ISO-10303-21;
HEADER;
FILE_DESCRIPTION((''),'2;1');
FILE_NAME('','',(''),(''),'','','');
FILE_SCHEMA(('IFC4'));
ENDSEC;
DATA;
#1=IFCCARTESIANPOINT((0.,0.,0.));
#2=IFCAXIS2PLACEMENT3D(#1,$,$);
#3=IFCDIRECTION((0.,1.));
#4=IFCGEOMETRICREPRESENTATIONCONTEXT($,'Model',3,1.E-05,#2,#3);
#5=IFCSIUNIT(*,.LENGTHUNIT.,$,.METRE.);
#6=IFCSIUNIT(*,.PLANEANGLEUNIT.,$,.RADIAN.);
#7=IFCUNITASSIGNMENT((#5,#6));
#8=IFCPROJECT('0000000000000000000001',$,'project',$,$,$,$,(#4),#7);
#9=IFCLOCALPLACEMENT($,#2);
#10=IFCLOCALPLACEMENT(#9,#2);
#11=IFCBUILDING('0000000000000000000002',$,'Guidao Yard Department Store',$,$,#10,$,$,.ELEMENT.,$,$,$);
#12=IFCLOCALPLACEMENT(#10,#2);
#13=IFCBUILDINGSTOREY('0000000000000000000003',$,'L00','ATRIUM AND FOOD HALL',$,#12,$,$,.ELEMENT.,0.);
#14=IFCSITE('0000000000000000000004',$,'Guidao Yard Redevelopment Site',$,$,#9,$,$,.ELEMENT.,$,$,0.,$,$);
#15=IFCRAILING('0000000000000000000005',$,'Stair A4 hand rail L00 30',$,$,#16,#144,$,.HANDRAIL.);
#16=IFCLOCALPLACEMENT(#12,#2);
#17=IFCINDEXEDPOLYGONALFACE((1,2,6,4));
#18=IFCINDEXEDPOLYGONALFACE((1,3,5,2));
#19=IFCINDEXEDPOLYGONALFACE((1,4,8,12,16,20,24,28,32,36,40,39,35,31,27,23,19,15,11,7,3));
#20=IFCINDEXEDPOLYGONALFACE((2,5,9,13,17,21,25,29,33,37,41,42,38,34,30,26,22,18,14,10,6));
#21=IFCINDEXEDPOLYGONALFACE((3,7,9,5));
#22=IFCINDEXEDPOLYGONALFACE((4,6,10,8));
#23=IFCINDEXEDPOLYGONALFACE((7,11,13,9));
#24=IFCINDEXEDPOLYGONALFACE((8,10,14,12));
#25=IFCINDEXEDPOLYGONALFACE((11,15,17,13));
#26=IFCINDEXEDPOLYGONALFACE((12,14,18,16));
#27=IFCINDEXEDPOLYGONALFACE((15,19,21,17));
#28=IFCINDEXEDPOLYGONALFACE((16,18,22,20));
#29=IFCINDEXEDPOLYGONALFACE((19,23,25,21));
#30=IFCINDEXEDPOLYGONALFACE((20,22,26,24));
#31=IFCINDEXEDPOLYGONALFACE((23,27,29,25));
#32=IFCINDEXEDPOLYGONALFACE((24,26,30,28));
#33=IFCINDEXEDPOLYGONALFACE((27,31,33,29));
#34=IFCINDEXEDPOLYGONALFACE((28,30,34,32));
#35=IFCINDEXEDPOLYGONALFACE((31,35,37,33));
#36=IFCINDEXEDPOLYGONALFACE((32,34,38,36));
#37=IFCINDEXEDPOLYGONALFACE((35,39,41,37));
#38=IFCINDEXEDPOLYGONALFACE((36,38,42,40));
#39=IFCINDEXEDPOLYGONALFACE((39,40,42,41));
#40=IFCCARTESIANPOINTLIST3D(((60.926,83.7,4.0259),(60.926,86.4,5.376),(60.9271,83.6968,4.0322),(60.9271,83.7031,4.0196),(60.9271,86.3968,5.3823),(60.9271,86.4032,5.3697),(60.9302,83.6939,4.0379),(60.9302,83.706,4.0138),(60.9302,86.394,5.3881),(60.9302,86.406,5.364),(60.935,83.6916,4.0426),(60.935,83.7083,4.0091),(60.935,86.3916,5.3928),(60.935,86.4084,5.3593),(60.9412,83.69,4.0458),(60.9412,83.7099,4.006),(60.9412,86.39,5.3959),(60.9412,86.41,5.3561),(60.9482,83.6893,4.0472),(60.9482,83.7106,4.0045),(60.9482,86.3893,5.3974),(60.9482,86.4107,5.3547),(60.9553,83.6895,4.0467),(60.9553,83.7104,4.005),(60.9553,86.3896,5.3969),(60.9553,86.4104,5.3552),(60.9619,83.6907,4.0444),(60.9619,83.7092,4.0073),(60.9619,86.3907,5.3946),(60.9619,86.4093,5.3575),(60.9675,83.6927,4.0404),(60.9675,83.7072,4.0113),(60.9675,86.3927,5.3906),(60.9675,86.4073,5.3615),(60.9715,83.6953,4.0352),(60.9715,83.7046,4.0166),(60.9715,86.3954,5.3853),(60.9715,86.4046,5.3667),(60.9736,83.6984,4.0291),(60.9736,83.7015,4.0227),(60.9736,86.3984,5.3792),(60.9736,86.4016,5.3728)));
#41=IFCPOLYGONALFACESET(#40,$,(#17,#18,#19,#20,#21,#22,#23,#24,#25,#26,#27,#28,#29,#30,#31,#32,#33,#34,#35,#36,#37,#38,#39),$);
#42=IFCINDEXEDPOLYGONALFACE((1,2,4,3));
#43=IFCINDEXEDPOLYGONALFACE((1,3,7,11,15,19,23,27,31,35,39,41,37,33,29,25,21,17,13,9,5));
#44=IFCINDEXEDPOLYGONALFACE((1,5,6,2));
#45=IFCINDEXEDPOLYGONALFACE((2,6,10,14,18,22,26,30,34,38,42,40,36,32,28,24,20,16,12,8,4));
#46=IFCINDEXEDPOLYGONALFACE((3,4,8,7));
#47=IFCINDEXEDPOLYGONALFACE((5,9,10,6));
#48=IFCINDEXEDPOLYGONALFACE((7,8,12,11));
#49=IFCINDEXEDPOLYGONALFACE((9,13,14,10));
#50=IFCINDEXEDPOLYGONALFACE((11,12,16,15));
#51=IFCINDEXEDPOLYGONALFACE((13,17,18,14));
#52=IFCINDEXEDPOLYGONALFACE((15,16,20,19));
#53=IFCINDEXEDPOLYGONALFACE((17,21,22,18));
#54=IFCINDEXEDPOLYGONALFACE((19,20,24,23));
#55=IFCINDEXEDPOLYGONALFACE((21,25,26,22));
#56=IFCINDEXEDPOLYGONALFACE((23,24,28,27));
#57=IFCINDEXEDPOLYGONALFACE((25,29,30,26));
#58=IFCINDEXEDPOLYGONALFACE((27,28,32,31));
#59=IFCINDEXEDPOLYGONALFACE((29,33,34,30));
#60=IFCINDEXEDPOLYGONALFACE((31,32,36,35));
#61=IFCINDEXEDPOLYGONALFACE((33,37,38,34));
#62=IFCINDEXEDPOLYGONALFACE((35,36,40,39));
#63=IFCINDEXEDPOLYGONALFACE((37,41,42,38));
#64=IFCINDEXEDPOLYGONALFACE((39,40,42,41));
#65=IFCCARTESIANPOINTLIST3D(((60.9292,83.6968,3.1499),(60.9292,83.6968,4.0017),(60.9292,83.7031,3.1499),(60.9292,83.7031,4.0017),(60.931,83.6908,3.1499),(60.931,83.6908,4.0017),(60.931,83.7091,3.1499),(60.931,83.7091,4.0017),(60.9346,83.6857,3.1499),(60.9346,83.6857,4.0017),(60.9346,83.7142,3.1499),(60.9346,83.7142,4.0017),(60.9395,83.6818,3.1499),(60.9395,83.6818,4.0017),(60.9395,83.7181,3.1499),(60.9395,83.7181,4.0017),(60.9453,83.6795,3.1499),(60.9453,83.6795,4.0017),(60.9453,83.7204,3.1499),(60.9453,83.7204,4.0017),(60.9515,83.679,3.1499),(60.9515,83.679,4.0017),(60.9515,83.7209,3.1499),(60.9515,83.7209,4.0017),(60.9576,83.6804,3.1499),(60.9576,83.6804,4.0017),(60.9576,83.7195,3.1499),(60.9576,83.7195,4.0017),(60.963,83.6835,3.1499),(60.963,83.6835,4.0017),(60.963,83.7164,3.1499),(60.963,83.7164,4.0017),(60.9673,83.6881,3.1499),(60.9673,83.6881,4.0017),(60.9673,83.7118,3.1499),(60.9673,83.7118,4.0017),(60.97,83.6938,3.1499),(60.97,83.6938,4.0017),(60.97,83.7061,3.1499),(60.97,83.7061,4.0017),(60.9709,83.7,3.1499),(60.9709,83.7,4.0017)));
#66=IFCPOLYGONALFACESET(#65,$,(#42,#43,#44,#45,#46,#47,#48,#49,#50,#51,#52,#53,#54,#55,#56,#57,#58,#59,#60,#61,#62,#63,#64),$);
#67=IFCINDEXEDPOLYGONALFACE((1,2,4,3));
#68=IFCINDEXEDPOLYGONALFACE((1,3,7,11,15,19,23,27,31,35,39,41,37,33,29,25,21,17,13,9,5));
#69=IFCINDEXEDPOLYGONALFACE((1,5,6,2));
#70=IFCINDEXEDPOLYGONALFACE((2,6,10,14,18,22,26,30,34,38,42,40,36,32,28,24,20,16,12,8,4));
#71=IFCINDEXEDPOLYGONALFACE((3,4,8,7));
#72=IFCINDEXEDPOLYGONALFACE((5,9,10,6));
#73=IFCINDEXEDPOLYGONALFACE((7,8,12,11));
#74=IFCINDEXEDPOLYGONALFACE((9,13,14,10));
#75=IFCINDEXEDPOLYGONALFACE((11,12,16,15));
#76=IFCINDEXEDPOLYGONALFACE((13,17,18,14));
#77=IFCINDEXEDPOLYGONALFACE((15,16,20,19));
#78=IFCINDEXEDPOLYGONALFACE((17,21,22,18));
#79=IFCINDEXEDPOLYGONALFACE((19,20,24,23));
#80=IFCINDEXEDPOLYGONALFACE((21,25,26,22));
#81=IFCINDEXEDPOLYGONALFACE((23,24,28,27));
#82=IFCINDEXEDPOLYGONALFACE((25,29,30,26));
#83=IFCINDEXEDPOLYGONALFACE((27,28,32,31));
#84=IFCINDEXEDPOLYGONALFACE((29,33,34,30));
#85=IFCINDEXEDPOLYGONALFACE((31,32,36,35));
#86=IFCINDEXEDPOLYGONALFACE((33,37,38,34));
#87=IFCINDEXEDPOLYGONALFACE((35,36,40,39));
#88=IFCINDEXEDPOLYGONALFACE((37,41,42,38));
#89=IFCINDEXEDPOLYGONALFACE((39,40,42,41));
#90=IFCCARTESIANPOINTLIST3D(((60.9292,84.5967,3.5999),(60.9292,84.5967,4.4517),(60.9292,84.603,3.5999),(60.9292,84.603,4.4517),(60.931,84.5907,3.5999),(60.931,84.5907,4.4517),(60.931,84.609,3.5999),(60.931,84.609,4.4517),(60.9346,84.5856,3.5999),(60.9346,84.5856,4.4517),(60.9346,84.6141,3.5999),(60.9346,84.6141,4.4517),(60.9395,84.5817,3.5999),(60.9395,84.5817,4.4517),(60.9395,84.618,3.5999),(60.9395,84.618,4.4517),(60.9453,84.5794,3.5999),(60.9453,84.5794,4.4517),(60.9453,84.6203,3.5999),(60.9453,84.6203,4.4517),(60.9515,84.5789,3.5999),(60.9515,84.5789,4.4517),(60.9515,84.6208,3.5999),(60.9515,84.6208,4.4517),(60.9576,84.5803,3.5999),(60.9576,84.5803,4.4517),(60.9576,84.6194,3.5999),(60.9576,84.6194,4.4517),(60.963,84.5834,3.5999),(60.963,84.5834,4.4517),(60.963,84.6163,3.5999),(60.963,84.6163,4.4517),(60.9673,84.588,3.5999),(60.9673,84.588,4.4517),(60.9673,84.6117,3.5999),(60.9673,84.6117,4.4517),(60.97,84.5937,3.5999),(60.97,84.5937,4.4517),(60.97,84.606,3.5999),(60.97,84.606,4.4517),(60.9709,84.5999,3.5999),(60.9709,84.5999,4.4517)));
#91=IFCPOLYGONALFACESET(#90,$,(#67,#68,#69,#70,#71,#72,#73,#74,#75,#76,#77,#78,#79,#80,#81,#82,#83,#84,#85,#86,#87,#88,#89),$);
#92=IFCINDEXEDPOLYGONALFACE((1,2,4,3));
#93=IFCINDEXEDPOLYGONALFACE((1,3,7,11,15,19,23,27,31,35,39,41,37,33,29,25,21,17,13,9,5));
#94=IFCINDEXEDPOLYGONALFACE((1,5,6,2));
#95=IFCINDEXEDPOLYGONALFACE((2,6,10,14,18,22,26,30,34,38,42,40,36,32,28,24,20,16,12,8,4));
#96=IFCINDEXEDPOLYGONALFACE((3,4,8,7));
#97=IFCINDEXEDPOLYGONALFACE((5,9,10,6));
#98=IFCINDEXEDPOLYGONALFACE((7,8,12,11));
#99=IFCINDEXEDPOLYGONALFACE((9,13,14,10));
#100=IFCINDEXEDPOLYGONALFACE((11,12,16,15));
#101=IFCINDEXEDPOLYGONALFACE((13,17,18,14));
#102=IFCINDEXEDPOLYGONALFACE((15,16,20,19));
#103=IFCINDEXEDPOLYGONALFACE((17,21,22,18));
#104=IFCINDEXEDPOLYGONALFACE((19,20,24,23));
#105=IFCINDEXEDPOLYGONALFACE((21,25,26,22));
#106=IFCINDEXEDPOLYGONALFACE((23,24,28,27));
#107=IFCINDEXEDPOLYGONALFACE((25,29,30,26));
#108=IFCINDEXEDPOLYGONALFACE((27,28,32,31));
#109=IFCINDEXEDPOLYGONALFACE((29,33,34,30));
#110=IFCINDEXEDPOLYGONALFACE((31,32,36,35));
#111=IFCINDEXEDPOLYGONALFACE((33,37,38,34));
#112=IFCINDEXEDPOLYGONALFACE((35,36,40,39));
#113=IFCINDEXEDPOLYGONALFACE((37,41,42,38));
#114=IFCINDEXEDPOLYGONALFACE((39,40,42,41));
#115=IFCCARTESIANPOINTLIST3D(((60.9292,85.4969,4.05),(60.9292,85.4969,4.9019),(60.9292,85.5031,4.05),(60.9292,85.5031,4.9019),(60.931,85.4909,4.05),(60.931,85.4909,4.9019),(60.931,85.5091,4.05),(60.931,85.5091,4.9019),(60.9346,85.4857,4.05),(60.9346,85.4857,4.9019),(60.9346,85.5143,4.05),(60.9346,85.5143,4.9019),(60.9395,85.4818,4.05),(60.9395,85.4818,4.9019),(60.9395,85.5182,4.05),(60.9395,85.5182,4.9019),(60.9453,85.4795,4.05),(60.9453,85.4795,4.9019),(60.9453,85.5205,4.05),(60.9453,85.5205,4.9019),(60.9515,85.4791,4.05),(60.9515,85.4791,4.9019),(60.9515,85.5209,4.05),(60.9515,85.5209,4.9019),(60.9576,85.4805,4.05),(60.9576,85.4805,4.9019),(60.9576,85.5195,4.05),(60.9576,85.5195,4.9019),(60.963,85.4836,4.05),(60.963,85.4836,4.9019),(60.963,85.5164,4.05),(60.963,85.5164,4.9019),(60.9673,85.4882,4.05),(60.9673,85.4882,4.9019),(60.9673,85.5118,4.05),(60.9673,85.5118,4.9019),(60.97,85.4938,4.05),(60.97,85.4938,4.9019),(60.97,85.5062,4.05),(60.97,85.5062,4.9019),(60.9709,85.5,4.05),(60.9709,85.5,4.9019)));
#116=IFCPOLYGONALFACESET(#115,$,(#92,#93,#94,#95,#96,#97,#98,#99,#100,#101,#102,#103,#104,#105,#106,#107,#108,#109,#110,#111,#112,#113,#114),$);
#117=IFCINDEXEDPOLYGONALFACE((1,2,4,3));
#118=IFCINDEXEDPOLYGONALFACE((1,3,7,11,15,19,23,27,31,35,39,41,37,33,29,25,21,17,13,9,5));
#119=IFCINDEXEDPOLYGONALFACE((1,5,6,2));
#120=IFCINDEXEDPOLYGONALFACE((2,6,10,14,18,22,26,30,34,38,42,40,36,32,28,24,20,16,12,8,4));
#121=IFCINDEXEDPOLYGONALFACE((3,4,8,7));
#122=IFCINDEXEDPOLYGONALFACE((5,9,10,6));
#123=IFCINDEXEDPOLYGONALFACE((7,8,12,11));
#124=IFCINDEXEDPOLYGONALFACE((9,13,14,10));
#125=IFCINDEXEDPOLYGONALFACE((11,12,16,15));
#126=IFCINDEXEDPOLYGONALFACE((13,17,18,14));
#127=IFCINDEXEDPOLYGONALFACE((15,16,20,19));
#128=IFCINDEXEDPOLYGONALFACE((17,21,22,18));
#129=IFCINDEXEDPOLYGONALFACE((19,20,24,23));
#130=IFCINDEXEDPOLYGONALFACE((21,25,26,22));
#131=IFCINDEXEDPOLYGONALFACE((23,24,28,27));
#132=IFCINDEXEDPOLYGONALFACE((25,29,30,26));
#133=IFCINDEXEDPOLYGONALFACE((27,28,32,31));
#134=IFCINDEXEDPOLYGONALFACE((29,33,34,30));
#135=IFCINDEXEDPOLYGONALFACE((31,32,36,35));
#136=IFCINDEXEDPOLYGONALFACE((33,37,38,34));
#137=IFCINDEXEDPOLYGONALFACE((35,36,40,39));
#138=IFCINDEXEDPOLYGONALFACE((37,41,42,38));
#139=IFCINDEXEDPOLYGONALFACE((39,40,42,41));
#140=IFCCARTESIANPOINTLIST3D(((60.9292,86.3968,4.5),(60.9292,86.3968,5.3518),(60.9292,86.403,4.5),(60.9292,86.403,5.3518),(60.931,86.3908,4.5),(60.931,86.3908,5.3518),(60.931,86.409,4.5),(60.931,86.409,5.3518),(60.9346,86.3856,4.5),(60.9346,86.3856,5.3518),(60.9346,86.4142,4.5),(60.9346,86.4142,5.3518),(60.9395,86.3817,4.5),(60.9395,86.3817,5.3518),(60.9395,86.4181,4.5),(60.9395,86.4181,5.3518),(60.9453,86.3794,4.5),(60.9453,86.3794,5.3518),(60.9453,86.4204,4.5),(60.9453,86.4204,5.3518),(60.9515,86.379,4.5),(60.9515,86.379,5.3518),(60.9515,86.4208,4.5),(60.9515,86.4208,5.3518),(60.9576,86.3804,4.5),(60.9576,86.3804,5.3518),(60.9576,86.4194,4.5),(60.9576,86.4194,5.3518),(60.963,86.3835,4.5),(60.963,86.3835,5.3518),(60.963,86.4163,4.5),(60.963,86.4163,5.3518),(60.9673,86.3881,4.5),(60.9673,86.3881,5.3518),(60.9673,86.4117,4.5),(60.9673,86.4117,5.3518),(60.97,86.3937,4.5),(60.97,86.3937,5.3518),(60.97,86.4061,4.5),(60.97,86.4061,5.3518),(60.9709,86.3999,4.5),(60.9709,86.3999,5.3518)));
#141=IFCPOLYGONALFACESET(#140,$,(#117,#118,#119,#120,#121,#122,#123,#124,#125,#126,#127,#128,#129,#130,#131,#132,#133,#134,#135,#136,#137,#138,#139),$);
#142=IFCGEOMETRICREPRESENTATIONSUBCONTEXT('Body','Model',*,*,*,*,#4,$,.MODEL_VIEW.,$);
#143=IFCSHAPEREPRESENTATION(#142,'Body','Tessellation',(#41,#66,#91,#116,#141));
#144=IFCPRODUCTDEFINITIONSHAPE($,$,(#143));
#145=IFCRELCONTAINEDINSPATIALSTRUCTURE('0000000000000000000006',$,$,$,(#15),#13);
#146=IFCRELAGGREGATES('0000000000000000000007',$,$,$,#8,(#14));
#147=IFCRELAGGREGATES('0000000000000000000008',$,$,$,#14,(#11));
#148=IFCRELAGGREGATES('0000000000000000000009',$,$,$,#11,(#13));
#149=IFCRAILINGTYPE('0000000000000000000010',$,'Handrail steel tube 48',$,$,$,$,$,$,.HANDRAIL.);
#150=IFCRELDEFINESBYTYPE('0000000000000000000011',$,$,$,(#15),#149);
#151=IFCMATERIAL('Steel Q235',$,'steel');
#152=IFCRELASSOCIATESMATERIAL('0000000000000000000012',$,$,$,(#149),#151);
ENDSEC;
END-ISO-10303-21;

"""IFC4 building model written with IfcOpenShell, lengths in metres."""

from ifc_helpers import new_model, si_unit, direction, frame, origin, origin_2d, place, context, subcontext, project, spatial, circle, extrude, material, type_object, element, save


model = new_model("IFC4")

# Units and contexts
model_context = context("Model", 3, precision=1e-05, world=origin(), true_north=direction((0.0, 1.0)))
body_context = subcontext(model_context, "Body", "Model", "MODEL_VIEW")
ifc_project = project(units=[si_unit("LENGTHUNIT", "METRE"), si_unit("PLANEANGLEUNIT", "RADIAN")], contexts=[model_context])

# Site, building, storey
site_placement = place(None, origin())
site = spatial("IfcSite", under=ifc_project, at=site_placement, Name="Guidao Yard Redevelopment Site", CompositionType="ELEMENT", RefElevation=0.0)
building_placement = place(site_placement, origin())
building = spatial("IfcBuilding", under=site, at=building_placement, Name="Guidao Yard Department Store", CompositionType="ELEMENT")
storey_placement = place(building_placement, origin())
storey = spatial("IfcBuildingStorey", under=building, at=storey_placement, Name="L00", Description="ATRIUM AND FOOD HALL", CompositionType="ELEMENT", Elevation=0.0)

# Railing
ifc_material_1 = material(Name="Steel Q235", Category="steel")
railing_type = type_object("IfcRailingType", Name="Handrail steel tube 48", PredefinedType="HANDRAIL", material=ifc_material_1)
for number, where, name in (
    (1, (60.95, 83.7, 3.1499), "Stair A4 hand rail L00 30"),
):
    element("IfcRailing", number, at=place(storey_placement, frame(where)), inside=storey, type_object=railing_type, Name=name, PredefinedType="HANDRAIL", context=body_context, shape_type="SweptSolid", body=[
        extrude(circle(Radius=0.0239, at=origin_2d()), frame((0.0, 0.0, 0.876), z_axis=(0.0, 0.894411, 0.447246), x_axis=(-1.0, 0.0, 0.0)), (0.0, 0.0, 1.0), 3.0188),
        extrude(circle(Radius=0.021, at=origin_2d()), origin(), (0.0, 0.0, 1.0), 0.8518),
        extrude(circle(Radius=0.021, at=origin_2d()), frame((0.0, 0.8999, 0.45)), (0.0, 0.0, 1.0), 0.8518),
        extrude(circle(Radius=0.021, at=origin_2d()), frame((0.0, 1.8, 0.9001)), (0.0, 0.0, 1.0), 0.8518),
        extrude(circle(Radius=0.021, at=origin_2d()), frame((0.0, 2.7, 1.3501)), (0.0, 0.0, 1.0), 0.8518),
    ])

save(model, "model.ifc")
